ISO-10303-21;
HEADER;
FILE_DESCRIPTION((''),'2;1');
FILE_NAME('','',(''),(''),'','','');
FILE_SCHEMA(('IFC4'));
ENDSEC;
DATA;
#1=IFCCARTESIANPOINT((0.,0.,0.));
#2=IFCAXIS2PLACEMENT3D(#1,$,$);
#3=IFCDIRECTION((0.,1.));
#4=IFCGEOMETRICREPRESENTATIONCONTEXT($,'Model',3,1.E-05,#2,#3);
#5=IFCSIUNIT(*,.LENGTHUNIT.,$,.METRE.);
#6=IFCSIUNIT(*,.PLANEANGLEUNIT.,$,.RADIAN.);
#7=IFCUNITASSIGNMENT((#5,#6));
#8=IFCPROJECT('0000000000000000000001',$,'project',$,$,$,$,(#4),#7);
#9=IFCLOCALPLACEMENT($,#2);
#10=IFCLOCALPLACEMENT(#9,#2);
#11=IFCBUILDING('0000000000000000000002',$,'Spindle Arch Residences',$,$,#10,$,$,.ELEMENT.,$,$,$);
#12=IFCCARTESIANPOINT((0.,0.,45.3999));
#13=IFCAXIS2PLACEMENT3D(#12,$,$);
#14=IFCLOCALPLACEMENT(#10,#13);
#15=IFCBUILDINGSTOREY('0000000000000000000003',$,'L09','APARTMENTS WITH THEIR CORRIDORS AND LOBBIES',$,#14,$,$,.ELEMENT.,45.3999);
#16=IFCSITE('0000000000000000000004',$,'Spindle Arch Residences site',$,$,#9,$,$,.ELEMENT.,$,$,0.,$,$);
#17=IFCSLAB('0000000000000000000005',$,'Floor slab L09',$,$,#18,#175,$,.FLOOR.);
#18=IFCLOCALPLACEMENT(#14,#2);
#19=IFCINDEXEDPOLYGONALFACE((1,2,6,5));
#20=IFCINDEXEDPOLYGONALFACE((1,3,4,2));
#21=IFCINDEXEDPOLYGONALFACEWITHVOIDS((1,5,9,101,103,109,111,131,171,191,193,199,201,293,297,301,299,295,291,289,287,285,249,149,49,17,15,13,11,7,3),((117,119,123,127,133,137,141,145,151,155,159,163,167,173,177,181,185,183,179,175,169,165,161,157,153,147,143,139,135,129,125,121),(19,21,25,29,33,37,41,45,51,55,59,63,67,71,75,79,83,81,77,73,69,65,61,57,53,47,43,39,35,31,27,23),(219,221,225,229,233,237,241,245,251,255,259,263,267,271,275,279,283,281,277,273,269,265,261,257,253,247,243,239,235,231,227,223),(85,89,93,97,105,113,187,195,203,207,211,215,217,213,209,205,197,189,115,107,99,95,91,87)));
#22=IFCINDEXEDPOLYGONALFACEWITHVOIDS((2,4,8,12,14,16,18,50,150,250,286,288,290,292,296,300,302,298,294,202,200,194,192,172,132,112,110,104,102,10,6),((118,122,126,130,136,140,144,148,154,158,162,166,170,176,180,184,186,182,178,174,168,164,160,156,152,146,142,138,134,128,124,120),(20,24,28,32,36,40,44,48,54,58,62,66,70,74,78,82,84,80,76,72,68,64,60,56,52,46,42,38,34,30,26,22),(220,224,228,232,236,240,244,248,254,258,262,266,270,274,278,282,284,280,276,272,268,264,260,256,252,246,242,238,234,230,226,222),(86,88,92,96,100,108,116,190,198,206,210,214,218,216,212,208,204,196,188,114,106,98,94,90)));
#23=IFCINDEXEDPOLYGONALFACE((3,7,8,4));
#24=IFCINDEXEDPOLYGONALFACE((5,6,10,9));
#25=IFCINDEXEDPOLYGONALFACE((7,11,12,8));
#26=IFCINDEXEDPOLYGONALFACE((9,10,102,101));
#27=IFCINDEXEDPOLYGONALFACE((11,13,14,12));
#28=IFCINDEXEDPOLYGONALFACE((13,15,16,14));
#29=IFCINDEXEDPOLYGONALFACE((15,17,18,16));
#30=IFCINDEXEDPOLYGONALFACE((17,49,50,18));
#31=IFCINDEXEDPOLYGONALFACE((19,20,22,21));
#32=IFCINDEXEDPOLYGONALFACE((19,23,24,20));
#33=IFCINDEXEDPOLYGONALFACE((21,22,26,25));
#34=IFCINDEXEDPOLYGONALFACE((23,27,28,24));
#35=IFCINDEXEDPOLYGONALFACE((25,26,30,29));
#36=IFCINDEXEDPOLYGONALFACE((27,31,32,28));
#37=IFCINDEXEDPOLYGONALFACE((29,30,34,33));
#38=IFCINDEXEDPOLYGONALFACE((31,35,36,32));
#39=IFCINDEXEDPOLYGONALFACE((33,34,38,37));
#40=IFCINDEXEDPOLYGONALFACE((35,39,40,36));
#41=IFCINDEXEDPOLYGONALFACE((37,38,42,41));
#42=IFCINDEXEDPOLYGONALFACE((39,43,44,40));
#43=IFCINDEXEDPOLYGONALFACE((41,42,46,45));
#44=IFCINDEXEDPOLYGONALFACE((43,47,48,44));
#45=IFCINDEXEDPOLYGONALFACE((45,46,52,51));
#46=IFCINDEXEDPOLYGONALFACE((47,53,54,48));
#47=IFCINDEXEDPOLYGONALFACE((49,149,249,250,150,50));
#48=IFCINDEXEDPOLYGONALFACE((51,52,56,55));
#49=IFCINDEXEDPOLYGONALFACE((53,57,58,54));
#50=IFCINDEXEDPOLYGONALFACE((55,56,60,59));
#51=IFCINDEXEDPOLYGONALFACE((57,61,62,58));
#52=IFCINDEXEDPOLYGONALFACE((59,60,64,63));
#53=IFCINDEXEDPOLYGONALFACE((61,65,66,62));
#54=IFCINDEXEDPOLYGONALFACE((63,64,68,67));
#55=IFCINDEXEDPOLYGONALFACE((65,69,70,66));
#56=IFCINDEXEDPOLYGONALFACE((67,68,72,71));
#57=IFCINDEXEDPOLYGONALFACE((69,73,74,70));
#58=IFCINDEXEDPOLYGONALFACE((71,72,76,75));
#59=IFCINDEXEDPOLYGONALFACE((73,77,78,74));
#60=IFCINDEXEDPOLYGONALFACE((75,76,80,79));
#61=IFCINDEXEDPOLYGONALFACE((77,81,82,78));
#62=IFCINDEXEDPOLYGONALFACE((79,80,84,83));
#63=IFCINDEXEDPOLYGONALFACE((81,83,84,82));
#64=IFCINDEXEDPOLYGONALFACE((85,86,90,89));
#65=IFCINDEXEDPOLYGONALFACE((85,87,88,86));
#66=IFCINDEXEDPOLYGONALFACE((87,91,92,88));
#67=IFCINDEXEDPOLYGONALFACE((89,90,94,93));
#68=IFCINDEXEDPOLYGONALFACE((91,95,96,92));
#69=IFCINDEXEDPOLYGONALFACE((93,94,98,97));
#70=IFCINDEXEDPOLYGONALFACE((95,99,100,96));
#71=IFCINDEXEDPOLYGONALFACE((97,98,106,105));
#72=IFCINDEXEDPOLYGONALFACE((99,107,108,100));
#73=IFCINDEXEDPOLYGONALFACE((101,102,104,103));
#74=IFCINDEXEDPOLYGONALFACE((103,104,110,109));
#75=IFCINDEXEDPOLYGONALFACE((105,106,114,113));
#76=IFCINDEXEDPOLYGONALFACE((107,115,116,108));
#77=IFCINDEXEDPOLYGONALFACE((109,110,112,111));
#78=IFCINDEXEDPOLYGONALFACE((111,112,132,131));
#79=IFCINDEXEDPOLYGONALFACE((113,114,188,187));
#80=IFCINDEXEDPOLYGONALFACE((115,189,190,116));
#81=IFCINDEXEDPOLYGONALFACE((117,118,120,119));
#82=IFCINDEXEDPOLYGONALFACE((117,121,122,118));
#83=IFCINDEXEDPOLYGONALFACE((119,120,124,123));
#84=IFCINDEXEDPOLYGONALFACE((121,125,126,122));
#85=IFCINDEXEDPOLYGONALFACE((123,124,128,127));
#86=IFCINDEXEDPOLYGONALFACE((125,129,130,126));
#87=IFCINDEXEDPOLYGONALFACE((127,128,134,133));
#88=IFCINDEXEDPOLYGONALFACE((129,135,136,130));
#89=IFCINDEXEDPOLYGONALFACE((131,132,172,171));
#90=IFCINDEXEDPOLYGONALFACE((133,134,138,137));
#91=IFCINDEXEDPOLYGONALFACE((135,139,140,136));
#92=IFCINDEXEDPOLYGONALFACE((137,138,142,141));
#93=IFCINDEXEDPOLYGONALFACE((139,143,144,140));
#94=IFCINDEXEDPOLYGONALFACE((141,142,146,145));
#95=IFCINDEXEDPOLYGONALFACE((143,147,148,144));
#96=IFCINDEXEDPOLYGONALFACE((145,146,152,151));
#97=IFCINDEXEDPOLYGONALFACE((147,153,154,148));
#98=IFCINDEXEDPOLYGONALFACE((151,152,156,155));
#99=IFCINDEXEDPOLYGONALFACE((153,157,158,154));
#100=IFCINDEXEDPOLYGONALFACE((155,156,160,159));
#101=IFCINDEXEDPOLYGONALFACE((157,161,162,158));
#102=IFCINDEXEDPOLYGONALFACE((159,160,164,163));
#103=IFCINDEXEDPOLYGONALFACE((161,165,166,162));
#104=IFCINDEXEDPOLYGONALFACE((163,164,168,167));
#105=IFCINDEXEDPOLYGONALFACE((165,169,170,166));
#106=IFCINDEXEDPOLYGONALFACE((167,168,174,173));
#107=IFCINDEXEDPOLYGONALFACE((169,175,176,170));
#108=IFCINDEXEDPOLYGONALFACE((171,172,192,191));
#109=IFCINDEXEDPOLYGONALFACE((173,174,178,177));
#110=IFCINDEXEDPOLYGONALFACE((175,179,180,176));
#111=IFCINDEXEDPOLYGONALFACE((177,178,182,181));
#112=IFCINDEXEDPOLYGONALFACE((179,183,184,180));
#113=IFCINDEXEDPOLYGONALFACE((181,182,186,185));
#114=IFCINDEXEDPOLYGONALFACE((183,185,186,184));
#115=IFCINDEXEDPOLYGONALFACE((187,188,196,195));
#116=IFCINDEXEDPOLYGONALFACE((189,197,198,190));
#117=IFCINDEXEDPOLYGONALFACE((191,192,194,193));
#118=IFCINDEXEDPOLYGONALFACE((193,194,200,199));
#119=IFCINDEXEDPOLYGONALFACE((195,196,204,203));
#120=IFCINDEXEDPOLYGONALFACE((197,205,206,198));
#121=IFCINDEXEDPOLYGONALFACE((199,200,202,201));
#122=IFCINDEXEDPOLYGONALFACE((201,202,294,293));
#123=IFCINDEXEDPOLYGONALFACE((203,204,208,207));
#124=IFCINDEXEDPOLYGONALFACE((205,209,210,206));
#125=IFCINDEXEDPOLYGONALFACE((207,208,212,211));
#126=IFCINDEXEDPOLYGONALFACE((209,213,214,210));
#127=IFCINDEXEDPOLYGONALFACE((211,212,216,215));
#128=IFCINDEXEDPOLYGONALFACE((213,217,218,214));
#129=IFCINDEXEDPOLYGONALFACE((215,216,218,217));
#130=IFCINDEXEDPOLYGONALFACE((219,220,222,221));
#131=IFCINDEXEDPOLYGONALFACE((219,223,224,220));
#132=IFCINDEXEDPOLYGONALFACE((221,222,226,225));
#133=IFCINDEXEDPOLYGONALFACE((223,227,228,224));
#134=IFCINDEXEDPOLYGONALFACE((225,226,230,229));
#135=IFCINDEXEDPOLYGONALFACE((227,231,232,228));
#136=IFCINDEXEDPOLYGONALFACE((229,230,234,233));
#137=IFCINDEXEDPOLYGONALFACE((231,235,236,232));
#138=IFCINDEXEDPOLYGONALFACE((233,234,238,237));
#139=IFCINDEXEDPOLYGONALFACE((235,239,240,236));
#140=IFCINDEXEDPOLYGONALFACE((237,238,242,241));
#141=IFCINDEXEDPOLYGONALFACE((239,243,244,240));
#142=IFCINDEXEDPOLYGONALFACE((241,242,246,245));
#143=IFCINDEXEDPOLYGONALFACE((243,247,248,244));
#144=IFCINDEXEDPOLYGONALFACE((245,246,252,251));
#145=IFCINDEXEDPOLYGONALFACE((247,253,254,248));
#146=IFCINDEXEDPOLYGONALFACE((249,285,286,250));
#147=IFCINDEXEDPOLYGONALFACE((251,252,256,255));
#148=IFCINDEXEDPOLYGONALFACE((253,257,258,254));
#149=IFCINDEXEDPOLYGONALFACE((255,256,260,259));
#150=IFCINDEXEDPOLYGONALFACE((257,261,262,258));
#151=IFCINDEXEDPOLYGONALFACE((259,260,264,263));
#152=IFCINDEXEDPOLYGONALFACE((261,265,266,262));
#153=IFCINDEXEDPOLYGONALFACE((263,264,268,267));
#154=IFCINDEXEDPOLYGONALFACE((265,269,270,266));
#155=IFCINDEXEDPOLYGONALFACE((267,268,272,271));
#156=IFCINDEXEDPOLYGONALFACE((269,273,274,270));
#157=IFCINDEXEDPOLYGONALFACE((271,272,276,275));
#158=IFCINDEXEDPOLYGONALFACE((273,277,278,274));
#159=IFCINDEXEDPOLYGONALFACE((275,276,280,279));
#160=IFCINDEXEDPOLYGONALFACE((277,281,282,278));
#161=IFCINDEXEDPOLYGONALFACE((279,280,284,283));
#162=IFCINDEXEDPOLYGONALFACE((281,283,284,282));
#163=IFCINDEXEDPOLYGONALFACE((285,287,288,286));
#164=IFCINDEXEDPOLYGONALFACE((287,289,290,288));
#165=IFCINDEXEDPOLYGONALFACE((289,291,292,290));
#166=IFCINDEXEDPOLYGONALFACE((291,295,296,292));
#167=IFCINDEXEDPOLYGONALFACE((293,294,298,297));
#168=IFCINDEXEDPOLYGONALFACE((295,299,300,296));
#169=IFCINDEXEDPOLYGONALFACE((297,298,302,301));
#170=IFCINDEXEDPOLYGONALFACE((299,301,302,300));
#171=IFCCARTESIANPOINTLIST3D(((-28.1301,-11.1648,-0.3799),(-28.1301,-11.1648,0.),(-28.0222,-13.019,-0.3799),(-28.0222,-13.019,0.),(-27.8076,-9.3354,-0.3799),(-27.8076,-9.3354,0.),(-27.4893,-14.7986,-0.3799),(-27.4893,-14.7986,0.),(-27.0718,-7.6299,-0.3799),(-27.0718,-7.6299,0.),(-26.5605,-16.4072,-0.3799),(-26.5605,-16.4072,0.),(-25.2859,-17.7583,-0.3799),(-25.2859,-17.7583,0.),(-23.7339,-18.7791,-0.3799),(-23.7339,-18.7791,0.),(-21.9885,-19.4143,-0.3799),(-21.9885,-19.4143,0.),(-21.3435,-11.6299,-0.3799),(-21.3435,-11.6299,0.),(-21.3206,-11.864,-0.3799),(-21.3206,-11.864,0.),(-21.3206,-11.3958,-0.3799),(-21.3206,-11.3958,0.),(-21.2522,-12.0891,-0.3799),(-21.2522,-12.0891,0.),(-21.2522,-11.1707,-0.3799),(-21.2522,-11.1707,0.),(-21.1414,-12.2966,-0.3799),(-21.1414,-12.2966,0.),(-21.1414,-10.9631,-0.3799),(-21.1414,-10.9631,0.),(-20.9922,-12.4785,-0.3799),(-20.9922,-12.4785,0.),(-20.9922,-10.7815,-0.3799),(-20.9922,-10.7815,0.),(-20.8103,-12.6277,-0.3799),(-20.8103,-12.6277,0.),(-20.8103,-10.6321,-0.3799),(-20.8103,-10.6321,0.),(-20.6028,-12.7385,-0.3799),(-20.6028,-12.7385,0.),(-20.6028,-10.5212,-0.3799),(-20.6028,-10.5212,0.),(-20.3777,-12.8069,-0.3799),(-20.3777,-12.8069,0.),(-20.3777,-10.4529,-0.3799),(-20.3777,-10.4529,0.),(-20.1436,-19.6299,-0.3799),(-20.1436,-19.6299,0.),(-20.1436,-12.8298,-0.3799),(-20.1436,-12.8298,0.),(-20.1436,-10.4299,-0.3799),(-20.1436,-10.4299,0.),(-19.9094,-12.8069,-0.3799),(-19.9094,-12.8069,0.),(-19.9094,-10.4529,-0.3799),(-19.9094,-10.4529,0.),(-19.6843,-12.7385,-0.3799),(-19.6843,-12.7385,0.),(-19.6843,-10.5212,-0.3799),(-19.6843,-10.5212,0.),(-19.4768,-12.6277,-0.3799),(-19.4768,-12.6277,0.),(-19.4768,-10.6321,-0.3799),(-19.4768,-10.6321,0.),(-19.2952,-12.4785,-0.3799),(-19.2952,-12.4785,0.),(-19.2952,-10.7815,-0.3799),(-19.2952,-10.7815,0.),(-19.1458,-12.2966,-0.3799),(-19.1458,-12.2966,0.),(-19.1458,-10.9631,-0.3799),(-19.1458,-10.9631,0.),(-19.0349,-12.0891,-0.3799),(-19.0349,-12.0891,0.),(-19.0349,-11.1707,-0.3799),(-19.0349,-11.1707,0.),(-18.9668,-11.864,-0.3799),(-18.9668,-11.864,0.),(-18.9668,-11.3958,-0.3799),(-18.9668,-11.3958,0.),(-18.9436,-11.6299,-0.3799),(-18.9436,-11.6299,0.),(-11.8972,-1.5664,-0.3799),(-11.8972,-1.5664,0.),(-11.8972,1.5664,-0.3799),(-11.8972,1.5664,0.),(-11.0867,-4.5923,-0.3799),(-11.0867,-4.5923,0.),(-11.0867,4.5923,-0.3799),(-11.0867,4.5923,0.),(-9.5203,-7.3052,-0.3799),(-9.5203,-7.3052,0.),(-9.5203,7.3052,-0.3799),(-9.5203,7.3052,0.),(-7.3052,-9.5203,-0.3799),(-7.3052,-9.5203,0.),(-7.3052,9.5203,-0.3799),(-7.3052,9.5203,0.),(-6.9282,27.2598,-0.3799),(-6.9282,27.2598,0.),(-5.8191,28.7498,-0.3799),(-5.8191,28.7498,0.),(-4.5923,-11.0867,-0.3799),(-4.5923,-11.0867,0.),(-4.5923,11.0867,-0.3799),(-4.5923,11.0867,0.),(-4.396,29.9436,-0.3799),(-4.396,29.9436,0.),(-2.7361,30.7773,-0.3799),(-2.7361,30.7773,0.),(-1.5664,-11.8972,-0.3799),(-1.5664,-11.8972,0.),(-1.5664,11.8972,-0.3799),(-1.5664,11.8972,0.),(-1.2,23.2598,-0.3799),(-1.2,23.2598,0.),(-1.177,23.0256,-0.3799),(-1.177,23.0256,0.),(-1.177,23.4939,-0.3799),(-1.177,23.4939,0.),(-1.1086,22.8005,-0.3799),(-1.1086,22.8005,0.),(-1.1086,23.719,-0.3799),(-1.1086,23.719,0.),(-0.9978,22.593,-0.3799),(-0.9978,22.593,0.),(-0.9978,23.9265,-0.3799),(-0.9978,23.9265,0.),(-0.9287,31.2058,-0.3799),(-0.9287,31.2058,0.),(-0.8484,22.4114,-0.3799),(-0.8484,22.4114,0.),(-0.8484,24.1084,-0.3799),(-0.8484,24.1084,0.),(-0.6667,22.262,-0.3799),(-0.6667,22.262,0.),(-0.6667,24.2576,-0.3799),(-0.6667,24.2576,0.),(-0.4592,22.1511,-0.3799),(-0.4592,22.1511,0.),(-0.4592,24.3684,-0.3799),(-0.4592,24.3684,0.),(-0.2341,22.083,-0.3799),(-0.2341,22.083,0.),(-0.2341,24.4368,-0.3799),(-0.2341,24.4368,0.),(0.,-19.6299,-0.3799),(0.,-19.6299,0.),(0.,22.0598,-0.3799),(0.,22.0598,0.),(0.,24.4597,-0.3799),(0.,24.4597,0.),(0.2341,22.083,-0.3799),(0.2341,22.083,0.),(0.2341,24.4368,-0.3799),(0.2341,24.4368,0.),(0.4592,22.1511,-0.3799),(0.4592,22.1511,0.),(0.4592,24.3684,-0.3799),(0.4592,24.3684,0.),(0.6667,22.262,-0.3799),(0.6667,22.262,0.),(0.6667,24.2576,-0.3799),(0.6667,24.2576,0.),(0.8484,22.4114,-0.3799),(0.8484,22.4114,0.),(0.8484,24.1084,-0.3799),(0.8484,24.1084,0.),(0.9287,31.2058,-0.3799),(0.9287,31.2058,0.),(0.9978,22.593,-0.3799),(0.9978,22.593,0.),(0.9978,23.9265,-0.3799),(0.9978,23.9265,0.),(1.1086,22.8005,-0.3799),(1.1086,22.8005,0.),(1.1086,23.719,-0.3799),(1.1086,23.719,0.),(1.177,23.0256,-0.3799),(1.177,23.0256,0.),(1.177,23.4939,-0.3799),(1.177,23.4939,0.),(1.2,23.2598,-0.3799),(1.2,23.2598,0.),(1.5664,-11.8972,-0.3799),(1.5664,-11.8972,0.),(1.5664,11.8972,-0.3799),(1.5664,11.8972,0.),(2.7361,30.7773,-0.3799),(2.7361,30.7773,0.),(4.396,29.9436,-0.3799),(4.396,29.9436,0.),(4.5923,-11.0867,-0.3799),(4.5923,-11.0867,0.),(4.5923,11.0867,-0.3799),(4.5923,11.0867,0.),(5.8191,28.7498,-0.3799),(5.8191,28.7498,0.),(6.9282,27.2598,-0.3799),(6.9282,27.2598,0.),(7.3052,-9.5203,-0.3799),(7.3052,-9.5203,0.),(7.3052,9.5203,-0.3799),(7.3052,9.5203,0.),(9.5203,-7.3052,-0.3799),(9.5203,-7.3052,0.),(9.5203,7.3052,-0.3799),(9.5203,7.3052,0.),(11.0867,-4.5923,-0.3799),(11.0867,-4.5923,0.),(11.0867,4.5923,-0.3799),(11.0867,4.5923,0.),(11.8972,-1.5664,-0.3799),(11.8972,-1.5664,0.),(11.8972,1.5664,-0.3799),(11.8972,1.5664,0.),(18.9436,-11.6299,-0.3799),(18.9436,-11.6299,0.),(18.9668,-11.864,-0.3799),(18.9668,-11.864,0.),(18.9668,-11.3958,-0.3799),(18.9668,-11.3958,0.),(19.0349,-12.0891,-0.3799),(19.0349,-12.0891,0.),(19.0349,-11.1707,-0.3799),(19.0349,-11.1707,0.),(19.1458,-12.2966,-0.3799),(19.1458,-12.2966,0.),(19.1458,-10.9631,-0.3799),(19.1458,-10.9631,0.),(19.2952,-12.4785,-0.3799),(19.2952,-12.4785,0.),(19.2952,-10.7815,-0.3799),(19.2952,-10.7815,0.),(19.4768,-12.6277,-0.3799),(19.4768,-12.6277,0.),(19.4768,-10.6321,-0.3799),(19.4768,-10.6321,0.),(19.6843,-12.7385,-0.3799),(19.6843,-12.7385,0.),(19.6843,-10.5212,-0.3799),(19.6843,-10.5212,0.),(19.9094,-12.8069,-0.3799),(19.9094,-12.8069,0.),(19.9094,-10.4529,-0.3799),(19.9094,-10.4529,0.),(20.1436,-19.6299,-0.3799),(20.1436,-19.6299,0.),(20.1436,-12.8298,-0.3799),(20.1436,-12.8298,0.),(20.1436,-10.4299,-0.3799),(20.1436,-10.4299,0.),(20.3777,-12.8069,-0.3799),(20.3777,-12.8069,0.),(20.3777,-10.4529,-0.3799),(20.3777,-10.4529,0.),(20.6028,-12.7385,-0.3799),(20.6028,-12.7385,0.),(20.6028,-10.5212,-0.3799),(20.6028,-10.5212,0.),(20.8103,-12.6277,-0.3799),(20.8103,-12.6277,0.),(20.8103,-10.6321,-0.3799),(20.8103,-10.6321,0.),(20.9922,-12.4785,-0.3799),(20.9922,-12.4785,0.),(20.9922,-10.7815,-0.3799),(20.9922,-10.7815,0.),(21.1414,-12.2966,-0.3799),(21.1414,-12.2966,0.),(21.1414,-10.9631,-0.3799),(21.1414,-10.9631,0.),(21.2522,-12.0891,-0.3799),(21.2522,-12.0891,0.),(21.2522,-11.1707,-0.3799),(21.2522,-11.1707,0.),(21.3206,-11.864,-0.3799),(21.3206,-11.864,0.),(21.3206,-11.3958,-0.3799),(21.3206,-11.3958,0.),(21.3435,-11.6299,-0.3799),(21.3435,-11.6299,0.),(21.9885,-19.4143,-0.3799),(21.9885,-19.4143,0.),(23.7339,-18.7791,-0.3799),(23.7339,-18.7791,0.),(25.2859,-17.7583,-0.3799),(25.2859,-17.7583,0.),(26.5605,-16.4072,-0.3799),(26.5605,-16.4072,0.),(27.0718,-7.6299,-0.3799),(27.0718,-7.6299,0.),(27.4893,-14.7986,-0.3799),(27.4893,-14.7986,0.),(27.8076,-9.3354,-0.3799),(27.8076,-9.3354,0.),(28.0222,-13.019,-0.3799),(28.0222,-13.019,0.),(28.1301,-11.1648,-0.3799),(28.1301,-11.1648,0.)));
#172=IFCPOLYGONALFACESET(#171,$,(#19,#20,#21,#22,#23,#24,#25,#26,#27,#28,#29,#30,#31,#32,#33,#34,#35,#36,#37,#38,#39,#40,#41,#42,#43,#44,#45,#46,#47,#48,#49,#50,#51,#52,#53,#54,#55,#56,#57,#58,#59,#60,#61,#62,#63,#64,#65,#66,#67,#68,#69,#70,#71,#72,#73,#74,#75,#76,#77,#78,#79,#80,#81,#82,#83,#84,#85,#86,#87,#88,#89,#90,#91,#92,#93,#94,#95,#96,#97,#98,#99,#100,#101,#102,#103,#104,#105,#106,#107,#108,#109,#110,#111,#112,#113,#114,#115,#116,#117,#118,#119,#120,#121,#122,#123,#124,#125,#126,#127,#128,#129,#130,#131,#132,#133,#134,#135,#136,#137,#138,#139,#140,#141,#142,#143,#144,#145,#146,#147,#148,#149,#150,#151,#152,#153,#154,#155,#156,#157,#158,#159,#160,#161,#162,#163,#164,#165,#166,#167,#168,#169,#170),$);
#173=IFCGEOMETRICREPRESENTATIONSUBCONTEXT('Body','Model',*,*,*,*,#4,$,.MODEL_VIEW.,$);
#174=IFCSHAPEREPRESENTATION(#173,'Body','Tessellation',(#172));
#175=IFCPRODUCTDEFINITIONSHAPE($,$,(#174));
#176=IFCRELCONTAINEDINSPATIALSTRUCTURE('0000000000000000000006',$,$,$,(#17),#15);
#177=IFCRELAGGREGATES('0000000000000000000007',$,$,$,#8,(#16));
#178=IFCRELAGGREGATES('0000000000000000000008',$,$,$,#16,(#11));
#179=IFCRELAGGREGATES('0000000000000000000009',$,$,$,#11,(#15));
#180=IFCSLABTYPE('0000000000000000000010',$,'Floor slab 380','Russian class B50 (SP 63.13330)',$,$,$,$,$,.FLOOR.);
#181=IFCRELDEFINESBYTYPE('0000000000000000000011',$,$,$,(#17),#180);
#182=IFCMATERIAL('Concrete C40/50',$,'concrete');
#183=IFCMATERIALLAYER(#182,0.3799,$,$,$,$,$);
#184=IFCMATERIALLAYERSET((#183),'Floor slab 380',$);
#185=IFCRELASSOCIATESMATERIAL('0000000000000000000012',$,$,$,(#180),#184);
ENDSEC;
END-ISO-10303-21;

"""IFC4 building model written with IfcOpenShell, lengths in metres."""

from ifc_helpers import new_model, si_unit, direction, frame, origin, place, context, subcontext, project, spatial, polyline, outline, extrude, material, layer, layer_set, type_object, element, save


model = new_model("IFC4")

# Units and contexts
model_context = context("Model", 3, precision=1e-05, world=origin(), true_north=direction((0.0, 1.0)))
body_context = subcontext(model_context, "Body", "Model", "MODEL_VIEW")
ifc_project = project(units=[si_unit("LENGTHUNIT", "METRE"), si_unit("PLANEANGLEUNIT", "RADIAN")], contexts=[model_context])

# Site, building, storey
site_placement = place(None, origin())
site = spatial("IfcSite", under=ifc_project, at=site_placement, Name="Spindle Arch Residences site", CompositionType="ELEMENT", RefElevation=0.0)
building_placement = place(site_placement, origin())
building = spatial("IfcBuilding", under=site, at=building_placement, Name="Spindle Arch Residences", CompositionType="ELEMENT")
storey_placement = place(building_placement, frame((0.0, 0.0, 45.3999)))
storey = spatial("IfcBuildingStorey", under=building, at=storey_placement, Name="L09", Description="APARTMENTS WITH THEIR CORRIDORS AND LOBBIES", CompositionType="ELEMENT", Elevation=45.3999)

# Slab
ifc_material_1 = material(Name="Concrete C40/50", Category="concrete")
ifc_layer_1 = layer(ifc_material_1, 0.3799)
ifc_layer_set_1 = layer_set([ifc_layer_1], Name="Floor slab 380")
slab_type_1 = type_object("IfcSlabType", Name="Floor slab 380", Description="Russian class B50 (SP 63.13330)", PredefinedType="FLOOR", material=ifc_layer_set_1)
slab_1_placement = place(storey_placement, frame((0.0, 0.0, -0.3799)))
element("IfcSlab", 1, at=slab_1_placement, inside=storey, type_object=slab_type_1, Name="Floor slab L09", PredefinedType="FLOOR", context=body_context, shape_type="SweptSolid", body=[
    extrude(outline(polyline([(-21.9885, -19.4143), (-23.7339, -18.7791), (-25.2859, -17.7583), (-26.5605, -16.4072), (-27.4893, -14.7986), (-28.0222, -13.019), (-28.1301, -11.1648), (-27.8076, -9.3354), (-27.0718, -7.6299), (-6.9282, 27.2598), (-5.8191, 28.7498), (-4.396, 29.9436), (-2.7361, 30.7773), (-0.9287, 31.2058), (0.9287, 31.2058), (2.7361, 30.7773), (4.396, 29.9436), (5.8191, 28.7498), (6.9282, 27.2598), (27.0718, -7.6299), (27.8076, -9.3354), (28.1301, -11.1648), (28.0222, -13.019), (27.4893, -14.7986), (26.5605, -16.4072), (25.2859, -17.7583), (23.7339, -18.7791), (21.9885, -19.4143), (20.1436, -19.6299), (0.0, -19.6299), (-20.1436, -19.6299), (-21.9885, -19.4143)]), holes=[polyline([(7.3052, -9.5203), (9.5203, -7.3052), (11.0867, -4.5923), (11.8972, -1.5664), (11.8972, 1.5664), (11.0867, 4.5923), (9.5203, 7.3052), (7.3052, 9.5203), (4.5923, 11.0867), (1.5664, 11.8972), (-1.5664, 11.8972), (-4.5923, 11.0867), (-7.3052, 9.5203), (-9.5203, 7.3052), (-11.0867, 4.5923), (-11.8972, 1.5664), (-11.8972, -1.5664), (-11.0867, -4.5923), (-9.5203, -7.3052), (-7.3052, -9.5203), (-4.5923, -11.0867), (-1.5664, -11.8972), (1.5664, -11.8972), (4.5923, -11.0867), (7.3052, -9.5203)]), polyline([(-19.2952, -12.4785), (-19.1458, -12.2966), (-19.0349, -12.0891), (-18.9668, -11.864), (-18.9436, -11.6299), (-18.9668, -11.3958), (-19.0349, -11.1707), (-19.1458, -10.9631), (-19.2952, -10.7815), (-19.4768, -10.6321), (-19.6843, -10.5212), (-19.9094, -10.4529), (-20.1436, -10.4299), (-20.3777, -10.4529), (-20.6028, -10.5212), (-20.8103, -10.6321), (-20.9922, -10.7815), (-21.1414, -10.9631), (-21.2522, -11.1707), (-21.3206, -11.3958), (-21.3435, -11.6299), (-21.3206, -11.864), (-21.2522, -12.0891), (-21.1414, -12.2966), (-20.9922, -12.4785), (-20.8103, -12.6277), (-20.6028, -12.7385), (-20.3777, -12.8069), (-20.1436, -12.8298), (-19.9094, -12.8069), (-19.6843, -12.7385), (-19.4768, -12.6277), (-19.2952, -12.4785)]), polyline([(0.8484, 22.4114), (0.9978, 22.593), (1.1086, 22.8005), (1.177, 23.0256), (1.2, 23.2598), (1.177, 23.4939), (1.1086, 23.719), (0.9978, 23.9265), (0.8484, 24.1084), (0.6667, 24.2576), (0.4592, 24.3684), (0.2341, 24.4368), (0.0, 24.4597), (-0.2341, 24.4368), (-0.4592, 24.3684), (-0.6667, 24.2576), (-0.8484, 24.1084), (-0.9978, 23.9265), (-1.1086, 23.719), (-1.177, 23.4939), (-1.2, 23.2598), (-1.177, 23.0256), (-1.1086, 22.8005), (-0.9978, 22.593), (-0.8484, 22.4114), (-0.6667, 22.262), (-0.4592, 22.1511), (-0.2341, 22.083), (0.0, 22.0598), (0.2341, 22.083), (0.4592, 22.1511), (0.6667, 22.262), (0.8484, 22.4114)]), polyline([(20.9922, -12.4785), (21.1414, -12.2966), (21.2522, -12.0891), (21.3206, -11.864), (21.3435, -11.6299), (21.3206, -11.3958), (21.2522, -11.1707), (21.1414, -10.9631), (20.9922, -10.7815), (20.8103, -10.6321), (20.6028, -10.5212), (20.3777, -10.4529), (20.1436, -10.4299), (19.9094, -10.4529), (19.6843, -10.5212), (19.4768, -10.6321), (19.2952, -10.7815), (19.1458, -10.9631), (19.0349, -11.1707), (18.9668, -11.3958), (18.9436, -11.6299), (18.9668, -11.864), (19.0349, -12.0891), (19.1458, -12.2966), (19.2952, -12.4785), (19.4768, -12.6277), (19.6843, -12.7385), (19.9094, -12.8069), (20.1436, -12.8298), (20.3777, -12.8069), (20.6028, -12.7385), (20.8103, -12.6277), (20.9922, -12.4785)])]), origin(), (0.0, 0.0, 1.0), 0.3799),
])

save(model, "model.ifc")
